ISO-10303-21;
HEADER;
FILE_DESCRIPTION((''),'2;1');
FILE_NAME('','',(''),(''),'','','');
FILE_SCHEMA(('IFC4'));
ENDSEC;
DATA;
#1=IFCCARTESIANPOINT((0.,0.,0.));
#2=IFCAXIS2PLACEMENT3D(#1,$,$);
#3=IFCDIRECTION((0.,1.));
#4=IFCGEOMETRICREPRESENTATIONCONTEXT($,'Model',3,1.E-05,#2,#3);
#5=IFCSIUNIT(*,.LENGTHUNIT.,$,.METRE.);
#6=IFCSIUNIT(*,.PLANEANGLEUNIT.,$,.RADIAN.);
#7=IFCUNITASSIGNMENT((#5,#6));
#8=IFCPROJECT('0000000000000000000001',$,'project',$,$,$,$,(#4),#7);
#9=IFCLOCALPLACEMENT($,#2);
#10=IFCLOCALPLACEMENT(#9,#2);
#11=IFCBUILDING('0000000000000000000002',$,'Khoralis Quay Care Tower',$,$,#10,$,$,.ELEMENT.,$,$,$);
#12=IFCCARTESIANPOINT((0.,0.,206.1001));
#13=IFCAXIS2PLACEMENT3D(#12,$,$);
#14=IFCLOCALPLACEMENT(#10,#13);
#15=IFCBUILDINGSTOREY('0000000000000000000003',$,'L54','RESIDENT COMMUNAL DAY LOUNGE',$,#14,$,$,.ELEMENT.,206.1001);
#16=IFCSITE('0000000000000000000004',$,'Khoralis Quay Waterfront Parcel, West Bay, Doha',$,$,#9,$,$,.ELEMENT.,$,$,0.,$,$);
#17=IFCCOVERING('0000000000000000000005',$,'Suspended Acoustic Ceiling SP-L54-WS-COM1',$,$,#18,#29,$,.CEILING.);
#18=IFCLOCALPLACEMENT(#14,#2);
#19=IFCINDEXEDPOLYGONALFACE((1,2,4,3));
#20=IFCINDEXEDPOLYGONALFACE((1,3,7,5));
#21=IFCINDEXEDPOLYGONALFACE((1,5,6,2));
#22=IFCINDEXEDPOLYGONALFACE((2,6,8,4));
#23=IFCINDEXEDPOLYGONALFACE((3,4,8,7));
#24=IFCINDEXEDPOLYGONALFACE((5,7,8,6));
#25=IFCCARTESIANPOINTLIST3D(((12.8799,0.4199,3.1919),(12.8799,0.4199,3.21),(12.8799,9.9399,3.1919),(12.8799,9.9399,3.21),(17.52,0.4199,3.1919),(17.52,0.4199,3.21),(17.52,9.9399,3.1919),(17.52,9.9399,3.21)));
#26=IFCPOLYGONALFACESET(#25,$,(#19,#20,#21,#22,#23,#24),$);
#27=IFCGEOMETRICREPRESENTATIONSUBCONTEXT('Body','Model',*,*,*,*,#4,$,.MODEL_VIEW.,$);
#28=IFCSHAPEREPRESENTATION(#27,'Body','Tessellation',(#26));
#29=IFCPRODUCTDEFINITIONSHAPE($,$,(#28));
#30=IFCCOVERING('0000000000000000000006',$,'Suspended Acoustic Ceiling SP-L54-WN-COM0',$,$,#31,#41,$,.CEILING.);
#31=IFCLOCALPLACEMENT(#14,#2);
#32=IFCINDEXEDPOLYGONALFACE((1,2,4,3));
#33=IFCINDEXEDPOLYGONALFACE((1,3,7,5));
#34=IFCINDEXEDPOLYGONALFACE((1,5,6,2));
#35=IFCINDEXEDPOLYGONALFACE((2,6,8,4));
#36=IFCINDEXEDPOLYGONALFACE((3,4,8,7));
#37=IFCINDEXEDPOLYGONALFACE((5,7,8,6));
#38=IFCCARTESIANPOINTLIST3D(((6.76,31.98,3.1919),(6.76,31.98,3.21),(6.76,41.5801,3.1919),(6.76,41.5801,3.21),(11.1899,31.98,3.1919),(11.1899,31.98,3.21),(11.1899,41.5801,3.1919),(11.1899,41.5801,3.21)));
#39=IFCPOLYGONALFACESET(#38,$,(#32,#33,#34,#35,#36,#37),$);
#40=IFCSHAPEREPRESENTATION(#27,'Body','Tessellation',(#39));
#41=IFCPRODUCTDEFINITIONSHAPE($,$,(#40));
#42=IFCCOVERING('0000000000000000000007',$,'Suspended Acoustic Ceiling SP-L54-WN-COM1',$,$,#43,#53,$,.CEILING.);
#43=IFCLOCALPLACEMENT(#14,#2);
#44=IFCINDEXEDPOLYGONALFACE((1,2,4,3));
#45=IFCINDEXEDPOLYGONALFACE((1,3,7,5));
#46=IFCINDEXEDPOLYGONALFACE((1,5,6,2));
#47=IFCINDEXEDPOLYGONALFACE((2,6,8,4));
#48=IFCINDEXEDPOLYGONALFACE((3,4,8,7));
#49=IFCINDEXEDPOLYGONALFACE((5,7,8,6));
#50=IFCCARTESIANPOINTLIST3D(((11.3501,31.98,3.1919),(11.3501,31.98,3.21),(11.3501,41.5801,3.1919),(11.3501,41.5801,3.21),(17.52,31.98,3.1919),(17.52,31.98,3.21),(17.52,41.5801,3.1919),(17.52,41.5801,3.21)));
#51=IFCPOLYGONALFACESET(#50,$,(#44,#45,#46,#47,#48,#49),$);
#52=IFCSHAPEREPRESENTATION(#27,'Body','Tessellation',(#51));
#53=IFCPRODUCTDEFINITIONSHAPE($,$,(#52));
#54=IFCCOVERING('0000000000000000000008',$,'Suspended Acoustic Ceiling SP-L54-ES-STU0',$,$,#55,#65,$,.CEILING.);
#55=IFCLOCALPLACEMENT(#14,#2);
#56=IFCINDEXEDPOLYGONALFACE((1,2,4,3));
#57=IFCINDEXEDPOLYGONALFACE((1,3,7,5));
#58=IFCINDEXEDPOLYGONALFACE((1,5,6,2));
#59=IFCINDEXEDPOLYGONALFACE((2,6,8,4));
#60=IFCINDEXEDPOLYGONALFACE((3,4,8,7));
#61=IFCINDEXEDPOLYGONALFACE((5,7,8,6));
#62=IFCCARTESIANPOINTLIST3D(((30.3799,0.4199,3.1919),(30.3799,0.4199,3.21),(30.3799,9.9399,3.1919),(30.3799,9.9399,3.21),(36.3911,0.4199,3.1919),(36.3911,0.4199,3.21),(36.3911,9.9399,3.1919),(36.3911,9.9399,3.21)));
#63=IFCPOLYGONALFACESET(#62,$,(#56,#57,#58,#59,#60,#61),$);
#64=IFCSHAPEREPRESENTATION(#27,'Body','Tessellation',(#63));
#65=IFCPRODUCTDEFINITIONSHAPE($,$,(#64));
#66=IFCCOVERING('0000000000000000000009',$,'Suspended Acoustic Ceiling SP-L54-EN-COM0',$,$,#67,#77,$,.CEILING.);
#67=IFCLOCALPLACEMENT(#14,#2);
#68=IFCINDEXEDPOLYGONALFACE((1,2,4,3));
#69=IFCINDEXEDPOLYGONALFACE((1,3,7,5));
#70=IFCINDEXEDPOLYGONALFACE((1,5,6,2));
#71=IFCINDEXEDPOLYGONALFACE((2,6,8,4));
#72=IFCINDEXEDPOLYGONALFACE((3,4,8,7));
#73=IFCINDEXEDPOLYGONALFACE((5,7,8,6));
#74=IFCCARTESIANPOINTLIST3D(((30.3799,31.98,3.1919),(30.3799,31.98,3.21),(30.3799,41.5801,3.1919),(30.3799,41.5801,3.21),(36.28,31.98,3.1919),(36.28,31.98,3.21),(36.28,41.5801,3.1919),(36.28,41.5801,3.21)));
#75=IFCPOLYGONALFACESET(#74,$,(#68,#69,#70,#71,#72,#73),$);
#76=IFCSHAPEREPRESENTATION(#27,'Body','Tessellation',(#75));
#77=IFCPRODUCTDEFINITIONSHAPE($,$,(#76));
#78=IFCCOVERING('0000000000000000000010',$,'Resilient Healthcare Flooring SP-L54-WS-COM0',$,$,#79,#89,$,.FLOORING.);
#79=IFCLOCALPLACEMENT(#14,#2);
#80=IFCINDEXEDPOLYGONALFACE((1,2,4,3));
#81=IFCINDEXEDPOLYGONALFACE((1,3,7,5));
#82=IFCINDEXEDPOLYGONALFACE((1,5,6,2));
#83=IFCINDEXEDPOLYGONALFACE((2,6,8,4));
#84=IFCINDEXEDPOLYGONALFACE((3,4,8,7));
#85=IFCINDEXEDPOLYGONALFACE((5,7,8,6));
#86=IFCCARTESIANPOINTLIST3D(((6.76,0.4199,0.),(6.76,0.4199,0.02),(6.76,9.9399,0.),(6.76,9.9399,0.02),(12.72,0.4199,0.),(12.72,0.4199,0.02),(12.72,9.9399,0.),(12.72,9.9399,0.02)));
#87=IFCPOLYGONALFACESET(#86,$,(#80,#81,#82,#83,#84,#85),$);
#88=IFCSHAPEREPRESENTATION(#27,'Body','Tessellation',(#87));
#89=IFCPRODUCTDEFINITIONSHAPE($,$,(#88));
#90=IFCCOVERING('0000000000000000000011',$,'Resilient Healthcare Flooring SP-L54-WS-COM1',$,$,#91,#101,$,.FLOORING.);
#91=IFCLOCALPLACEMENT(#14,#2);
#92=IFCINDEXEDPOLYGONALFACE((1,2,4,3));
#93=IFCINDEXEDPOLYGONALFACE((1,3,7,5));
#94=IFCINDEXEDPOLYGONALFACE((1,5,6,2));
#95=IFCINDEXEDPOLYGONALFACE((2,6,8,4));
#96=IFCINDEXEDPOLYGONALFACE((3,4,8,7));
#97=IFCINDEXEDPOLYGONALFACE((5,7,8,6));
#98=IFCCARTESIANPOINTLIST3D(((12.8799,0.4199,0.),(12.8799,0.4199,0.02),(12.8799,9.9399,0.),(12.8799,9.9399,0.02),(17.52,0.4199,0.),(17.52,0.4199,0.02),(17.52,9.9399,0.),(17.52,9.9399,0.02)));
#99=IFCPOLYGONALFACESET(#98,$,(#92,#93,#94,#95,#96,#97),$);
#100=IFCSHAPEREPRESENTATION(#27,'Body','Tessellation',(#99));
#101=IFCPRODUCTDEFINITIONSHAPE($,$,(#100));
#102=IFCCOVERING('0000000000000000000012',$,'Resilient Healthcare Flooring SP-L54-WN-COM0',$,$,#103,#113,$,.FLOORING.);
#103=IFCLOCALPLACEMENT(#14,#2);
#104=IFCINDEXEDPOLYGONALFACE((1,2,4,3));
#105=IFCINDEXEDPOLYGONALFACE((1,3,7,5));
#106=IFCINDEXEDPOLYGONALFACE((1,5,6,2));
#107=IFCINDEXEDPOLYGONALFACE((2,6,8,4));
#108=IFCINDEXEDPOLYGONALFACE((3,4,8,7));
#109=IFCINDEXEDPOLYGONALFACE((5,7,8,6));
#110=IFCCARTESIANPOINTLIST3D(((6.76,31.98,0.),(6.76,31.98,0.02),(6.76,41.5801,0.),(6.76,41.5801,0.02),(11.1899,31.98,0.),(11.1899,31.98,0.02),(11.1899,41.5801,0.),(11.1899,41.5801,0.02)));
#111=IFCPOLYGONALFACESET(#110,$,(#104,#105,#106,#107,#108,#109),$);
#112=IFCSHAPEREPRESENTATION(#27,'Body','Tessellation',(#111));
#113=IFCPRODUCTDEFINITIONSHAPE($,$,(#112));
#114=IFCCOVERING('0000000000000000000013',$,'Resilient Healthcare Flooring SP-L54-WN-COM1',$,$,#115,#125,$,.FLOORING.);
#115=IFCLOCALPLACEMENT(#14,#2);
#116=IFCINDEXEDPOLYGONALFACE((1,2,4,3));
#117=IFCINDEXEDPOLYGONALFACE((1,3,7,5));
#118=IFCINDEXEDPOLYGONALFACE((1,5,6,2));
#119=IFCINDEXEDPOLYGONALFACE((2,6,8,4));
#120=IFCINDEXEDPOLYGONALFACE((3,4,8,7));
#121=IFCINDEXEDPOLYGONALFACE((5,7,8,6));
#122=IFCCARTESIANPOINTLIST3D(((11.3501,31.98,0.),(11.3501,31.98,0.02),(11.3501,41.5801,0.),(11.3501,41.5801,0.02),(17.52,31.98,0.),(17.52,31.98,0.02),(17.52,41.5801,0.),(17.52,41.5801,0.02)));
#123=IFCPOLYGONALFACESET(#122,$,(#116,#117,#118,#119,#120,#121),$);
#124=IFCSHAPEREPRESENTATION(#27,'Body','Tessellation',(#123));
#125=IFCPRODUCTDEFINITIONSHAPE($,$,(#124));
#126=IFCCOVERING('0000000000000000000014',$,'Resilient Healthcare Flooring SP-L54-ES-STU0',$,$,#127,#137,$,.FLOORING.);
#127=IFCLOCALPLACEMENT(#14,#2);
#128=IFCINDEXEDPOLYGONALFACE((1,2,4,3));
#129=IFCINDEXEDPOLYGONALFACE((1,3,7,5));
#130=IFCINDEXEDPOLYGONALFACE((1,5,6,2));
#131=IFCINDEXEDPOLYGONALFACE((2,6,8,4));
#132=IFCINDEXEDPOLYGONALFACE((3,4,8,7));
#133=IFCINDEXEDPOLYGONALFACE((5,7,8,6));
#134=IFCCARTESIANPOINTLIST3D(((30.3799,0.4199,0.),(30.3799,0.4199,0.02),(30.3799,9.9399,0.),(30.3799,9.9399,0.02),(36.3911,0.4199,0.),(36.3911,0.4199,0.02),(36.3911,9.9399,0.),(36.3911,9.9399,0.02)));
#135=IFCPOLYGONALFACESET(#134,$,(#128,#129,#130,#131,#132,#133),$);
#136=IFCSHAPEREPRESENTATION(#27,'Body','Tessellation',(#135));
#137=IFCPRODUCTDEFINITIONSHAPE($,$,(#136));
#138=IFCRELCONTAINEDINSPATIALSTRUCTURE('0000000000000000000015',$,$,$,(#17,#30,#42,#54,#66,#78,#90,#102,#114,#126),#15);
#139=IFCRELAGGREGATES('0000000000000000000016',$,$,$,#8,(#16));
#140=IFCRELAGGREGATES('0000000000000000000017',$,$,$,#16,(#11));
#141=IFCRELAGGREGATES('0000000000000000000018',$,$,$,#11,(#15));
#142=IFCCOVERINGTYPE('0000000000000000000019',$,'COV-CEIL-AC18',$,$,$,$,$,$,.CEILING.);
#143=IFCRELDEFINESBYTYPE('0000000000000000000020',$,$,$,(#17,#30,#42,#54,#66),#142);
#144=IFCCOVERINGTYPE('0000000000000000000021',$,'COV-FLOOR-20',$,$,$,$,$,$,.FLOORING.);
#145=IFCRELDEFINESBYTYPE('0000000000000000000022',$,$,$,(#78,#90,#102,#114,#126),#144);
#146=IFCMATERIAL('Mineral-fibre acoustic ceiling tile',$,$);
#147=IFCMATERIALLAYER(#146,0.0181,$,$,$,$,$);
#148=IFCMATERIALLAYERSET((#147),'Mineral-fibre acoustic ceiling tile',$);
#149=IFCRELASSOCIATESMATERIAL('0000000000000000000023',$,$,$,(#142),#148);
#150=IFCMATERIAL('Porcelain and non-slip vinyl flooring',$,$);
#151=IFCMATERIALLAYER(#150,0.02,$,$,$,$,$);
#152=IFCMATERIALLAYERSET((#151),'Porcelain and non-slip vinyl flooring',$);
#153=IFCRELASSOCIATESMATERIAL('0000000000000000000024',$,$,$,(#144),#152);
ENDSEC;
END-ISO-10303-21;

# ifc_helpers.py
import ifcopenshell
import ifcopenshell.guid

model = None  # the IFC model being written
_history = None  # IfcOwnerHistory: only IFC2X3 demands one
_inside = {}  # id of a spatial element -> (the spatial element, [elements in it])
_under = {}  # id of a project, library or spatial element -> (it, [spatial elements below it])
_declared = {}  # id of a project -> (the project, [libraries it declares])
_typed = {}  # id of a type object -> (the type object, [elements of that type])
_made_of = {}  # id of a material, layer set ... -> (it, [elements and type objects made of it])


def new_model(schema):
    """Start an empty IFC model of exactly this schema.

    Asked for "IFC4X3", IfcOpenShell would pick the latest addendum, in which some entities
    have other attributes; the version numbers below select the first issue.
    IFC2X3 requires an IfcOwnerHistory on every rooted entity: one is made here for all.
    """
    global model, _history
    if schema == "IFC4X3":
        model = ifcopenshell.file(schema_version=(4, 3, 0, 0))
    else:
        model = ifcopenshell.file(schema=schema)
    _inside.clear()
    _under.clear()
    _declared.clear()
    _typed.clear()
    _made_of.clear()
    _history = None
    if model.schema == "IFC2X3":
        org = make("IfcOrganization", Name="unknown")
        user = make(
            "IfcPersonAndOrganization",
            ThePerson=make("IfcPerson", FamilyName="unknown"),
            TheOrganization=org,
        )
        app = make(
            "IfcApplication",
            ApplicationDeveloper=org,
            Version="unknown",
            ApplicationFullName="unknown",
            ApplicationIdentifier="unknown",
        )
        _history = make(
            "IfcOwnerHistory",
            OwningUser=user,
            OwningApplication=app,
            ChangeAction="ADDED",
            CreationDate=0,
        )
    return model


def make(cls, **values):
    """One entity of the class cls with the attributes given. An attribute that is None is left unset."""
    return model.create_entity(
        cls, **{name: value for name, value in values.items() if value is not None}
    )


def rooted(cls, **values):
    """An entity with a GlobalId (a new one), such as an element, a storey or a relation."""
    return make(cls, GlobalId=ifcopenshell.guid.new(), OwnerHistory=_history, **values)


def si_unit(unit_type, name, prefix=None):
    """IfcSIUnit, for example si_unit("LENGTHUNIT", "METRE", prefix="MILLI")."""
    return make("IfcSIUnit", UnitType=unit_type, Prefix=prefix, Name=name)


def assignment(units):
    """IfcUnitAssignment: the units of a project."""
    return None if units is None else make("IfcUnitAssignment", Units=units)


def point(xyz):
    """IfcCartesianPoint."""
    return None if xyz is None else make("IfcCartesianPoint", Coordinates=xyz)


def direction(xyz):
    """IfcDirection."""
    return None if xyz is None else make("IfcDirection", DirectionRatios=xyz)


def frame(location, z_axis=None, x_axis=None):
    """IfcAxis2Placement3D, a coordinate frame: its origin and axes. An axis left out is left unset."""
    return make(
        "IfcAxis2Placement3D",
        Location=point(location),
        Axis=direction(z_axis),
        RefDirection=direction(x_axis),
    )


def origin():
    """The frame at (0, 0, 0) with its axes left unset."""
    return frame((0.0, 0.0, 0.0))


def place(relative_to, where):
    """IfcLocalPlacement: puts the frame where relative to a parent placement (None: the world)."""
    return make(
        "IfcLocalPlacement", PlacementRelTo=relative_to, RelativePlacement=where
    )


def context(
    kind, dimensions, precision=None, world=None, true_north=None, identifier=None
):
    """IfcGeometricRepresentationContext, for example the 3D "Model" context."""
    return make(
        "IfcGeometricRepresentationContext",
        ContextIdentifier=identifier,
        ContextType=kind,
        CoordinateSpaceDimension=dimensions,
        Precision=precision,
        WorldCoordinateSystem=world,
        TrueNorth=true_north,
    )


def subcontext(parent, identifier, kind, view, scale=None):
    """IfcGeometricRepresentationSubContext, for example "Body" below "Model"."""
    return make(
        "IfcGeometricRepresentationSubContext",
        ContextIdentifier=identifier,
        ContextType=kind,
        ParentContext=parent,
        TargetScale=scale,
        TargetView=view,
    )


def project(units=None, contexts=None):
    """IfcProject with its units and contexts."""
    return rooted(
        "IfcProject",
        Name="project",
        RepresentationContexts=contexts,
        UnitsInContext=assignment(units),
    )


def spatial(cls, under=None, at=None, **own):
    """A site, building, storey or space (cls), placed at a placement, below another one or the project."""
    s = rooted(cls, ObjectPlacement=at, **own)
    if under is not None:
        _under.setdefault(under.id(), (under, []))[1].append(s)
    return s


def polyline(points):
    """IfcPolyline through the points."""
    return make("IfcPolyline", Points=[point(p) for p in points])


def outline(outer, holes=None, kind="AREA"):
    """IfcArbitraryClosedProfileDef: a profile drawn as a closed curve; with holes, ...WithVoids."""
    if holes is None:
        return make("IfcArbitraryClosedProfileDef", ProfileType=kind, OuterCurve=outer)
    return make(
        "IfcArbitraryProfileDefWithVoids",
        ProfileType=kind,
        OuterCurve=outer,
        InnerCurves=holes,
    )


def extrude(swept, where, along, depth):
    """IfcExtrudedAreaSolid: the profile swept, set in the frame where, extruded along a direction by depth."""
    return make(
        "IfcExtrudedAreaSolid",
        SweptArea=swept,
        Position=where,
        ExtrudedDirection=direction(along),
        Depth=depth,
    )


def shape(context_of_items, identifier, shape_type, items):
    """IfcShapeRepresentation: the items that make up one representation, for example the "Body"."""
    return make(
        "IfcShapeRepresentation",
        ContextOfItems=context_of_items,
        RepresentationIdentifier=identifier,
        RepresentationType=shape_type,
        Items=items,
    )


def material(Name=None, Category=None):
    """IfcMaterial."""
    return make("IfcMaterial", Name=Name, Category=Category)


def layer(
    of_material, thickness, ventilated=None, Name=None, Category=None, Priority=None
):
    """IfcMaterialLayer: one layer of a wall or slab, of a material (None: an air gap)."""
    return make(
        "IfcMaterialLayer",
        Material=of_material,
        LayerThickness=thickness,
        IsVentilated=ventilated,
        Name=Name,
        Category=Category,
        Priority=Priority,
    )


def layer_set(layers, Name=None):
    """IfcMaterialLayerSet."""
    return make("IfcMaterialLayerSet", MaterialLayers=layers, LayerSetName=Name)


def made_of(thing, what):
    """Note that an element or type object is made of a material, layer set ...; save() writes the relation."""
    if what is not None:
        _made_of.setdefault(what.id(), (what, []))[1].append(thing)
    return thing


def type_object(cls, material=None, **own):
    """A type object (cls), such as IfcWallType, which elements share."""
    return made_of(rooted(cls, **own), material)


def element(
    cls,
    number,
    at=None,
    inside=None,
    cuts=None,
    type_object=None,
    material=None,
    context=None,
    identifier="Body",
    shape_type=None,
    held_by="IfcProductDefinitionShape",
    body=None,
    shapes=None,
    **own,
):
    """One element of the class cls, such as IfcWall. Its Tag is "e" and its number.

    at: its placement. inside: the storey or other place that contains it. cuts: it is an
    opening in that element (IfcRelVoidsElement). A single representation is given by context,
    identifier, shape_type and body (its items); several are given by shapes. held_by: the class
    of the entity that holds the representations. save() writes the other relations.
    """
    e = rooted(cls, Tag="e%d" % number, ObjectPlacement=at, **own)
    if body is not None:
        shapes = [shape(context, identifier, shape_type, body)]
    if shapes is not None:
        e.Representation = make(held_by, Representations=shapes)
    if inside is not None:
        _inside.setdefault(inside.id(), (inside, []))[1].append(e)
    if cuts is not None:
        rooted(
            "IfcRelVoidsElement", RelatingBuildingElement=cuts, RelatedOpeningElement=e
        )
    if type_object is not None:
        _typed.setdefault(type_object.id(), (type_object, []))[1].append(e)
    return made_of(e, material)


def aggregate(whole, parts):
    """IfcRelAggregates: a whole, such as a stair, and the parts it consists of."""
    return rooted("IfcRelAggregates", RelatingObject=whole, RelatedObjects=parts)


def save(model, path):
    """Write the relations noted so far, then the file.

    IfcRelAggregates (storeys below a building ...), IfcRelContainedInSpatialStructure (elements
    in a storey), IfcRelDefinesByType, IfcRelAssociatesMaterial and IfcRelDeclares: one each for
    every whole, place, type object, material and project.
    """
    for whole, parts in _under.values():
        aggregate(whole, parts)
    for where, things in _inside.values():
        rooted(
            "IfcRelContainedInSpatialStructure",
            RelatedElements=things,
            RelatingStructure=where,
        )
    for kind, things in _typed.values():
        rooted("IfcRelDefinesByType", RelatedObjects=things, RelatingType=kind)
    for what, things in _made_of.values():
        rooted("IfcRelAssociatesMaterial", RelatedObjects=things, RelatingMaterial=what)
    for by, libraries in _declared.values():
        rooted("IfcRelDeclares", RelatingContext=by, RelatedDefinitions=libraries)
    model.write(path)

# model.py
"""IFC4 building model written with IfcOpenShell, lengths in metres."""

from ifc_helpers import new_model, si_unit, direction, frame, origin, place, context, subcontext, project, spatial, polyline, outline, extrude, material, layer, layer_set, type_object, element, save


model = new_model("IFC4")

# Units and contexts
model_context = context("Model", 3, precision=1e-05, world=origin(), true_north=direction((0.0, 1.0)))
body_context = subcontext(model_context, "Body", "Model", "MODEL_VIEW")
ifc_project = project(units=[si_unit("LENGTHUNIT", "METRE"), si_unit("PLANEANGLEUNIT", "RADIAN")], contexts=[model_context])

# Site, building, storey
site_placement = place(None, origin())
site = spatial("IfcSite", under=ifc_project, at=site_placement, Name="Khoralis Quay Waterfront Parcel, West Bay, Doha", CompositionType="ELEMENT", RefElevation=0.0)
building_placement = place(site_placement, origin())
building = spatial("IfcBuilding", under=site, at=building_placement, Name="Khoralis Quay Care Tower", CompositionType="ELEMENT")
storey_placement = place(building_placement, frame((0.0, 0.0, 206.1001)))
storey = spatial("IfcBuildingStorey", under=building, at=storey_placement, Name="L54", Description="RESIDENT COMMUNAL DAY LOUNGE", CompositionType="ELEMENT", Elevation=206.1001)

# Coverings
ifc_material_1 = material(Name="Mineral-fibre acoustic ceiling tile")
ifc_layer_1 = layer(ifc_material_1, 0.0181)
ifc_layer_set_1 = layer_set([ifc_layer_1], Name="Mineral-fibre acoustic ceiling tile")
covering_type_1 = type_object("IfcCoveringType", Name="COV-CEIL-AC18", PredefinedType="CEILING", material=ifc_layer_set_1)
covering_1_placement = place(storey_placement, frame((0.0, 0.0, 3.1919)))
element("IfcCovering", 1, at=covering_1_placement, inside=storey, type_object=covering_type_1, Name="Suspended Acoustic Ceiling SP-L54-WS-COM1", PredefinedType="CEILING", context=body_context, shape_type="SweptSolid", body=[
    extrude(outline(polyline([(12.8799, 0.4199), (17.52, 0.4199), (17.52, 9.9399), (12.8799, 9.9399), (12.8799, 0.4199)])), origin(), (0.0, 0.0, 1.0), 0.0181),
])
covering_2_placement = place(storey_placement, frame((0.0, 0.0, 3.1919)))
element("IfcCovering", 2, at=covering_2_placement, inside=storey, type_object=covering_type_1, Name="Suspended Acoustic Ceiling SP-L54-WN-COM0", PredefinedType="CEILING", context=body_context, shape_type="SweptSolid", body=[
    extrude(outline(polyline([(6.76, 31.98), (11.1899, 31.98), (11.1899, 41.5801), (6.76, 41.5801), (6.76, 31.98)])), origin(), (0.0, 0.0, 1.0), 0.0181),
])
covering_3_placement = place(storey_placement, frame((0.0, 0.0, 3.1919)))
element("IfcCovering", 3, at=covering_3_placement, inside=storey, type_object=covering_type_1, Name="Suspended Acoustic Ceiling SP-L54-WN-COM1", PredefinedType="CEILING", context=body_context, shape_type="SweptSolid", body=[
    extrude(outline(polyline([(11.3501, 31.98), (17.52, 31.98), (17.52, 41.5801), (11.3501, 41.5801), (11.3501, 31.98)])), origin(), (0.0, 0.0, 1.0), 0.0181),
])
covering_4_placement = place(storey_placement, frame((0.0, 0.0, 3.1919)))
element("IfcCovering", 4, at=covering_4_placement, inside=storey, type_object=covering_type_1, Name="Suspended Acoustic Ceiling SP-L54-ES-STU0", PredefinedType="CEILING", context=body_context, shape_type="SweptSolid", body=[
    extrude(outline(polyline([(30.3799, 0.4199), (36.3911, 0.4199), (36.3911, 9.9399), (30.3799, 9.9399), (30.3799, 0.4199)])), origin(), (0.0, 0.0, 1.0), 0.0181),
])
covering_5_placement = place(storey_placement, frame((0.0, 0.0, 3.1919)))
element("IfcCovering", 5, at=covering_5_placement, inside=storey, type_object=covering_type_1, Name="Suspended Acoustic Ceiling SP-L54-EN-COM0", PredefinedType="CEILING", context=body_context, shape_type="SweptSolid", body=[
    extrude(outline(polyline([(30.3799, 31.98), (36.28, 31.98), (36.28, 41.5801), (30.3799, 41.5801), (30.3799, 31.98)])), origin(), (0.0, 0.0, 1.0), 0.0181),
])
ifc_material_2 = material(Name="Porcelain and non-slip vinyl flooring")
ifc_layer_2 = layer(ifc_material_2, 0.02)
ifc_layer_set_2 = layer_set([ifc_layer_2], Name="Porcelain and non-slip vinyl flooring")
covering_type_2 = type_object("IfcCoveringType", Name="COV-FLOOR-20", PredefinedType="FLOORING", material=ifc_layer_set_2)
covering_6_placement = place(storey_placement, origin())
element("IfcCovering", 6, at=covering_6_placement, inside=storey, type_object=covering_type_2, Name="Resilient Healthcare Flooring SP-L54-WS-COM0", PredefinedType="FLOORING", context=body_context, shape_type="SweptSolid", body=[
    extrude(outline(polyline([(6.76, 0.4199), (12.72, 0.4199), (12.72, 9.9399), (6.76, 9.9399), (6.76, 0.4199)])), origin(), (0.0, 0.0, 1.0), 0.02),
])
covering_7_placement = place(storey_placement, origin())
element("IfcCovering", 7, at=covering_7_placement, inside=storey, type_object=covering_type_2, Name="Resilient Healthcare Flooring SP-L54-WS-COM1", PredefinedType="FLOORING", context=body_context, shape_type="SweptSolid", body=[
    extrude(outline(polyline([(12.8799, 0.4199), (17.52, 0.4199), (17.52, 9.9399), (12.8799, 9.9399), (12.8799, 0.4199)])), origin(), (0.0, 0.0, 1.0), 0.02),
])
covering_8_placement = place(storey_placement, origin())
element("IfcCovering", 8, at=covering_8_placement, inside=storey, type_object=covering_type_2, Name="Resilient Healthcare Flooring SP-L54-WN-COM0", PredefinedType="FLOORING", context=body_context, shape_type="SweptSolid", body=[
    extrude(outline(polyline([(6.76, 31.98), (11.1899, 31.98), (11.1899, 41.5801), (6.76, 41.5801), (6.76, 31.98)])), origin(), (0.0, 0.0, 1.0), 0.02),
])
covering_9_placement = place(storey_placement, origin())
element("IfcCovering", 9, at=covering_9_placement, inside=storey, type_object=covering_type_2, Name="Resilient Healthcare Flooring SP-L54-WN-COM1", PredefinedType="FLOORING", context=body_context, shape_type="SweptSolid", body=[
    extrude(outline(polyline([(11.3501, 31.98), (17.52, 31.98), (17.52, 41.5801), (11.3501, 41.5801), (11.3501, 31.98)])), origin(), (0.0, 0.0, 1.0), 0.02),
])
covering_10_placement = place(storey_placement, origin())
element("IfcCovering", 10, at=covering_10_placement, inside=storey, type_object=covering_type_2, Name="Resilient Healthcare Flooring SP-L54-ES-STU0", PredefinedType="FLOORING", context=body_context, shape_type="SweptSolid", body=[
    extrude(outline(polyline([(30.3799, 0.4199), (36.3911, 0.4199), (36.3911, 9.9399), (30.3799, 9.9399), (30.3799, 0.4199)])), origin(), (0.0, 0.0, 1.0), 0.02),
])

save(model, "model.ifc")
